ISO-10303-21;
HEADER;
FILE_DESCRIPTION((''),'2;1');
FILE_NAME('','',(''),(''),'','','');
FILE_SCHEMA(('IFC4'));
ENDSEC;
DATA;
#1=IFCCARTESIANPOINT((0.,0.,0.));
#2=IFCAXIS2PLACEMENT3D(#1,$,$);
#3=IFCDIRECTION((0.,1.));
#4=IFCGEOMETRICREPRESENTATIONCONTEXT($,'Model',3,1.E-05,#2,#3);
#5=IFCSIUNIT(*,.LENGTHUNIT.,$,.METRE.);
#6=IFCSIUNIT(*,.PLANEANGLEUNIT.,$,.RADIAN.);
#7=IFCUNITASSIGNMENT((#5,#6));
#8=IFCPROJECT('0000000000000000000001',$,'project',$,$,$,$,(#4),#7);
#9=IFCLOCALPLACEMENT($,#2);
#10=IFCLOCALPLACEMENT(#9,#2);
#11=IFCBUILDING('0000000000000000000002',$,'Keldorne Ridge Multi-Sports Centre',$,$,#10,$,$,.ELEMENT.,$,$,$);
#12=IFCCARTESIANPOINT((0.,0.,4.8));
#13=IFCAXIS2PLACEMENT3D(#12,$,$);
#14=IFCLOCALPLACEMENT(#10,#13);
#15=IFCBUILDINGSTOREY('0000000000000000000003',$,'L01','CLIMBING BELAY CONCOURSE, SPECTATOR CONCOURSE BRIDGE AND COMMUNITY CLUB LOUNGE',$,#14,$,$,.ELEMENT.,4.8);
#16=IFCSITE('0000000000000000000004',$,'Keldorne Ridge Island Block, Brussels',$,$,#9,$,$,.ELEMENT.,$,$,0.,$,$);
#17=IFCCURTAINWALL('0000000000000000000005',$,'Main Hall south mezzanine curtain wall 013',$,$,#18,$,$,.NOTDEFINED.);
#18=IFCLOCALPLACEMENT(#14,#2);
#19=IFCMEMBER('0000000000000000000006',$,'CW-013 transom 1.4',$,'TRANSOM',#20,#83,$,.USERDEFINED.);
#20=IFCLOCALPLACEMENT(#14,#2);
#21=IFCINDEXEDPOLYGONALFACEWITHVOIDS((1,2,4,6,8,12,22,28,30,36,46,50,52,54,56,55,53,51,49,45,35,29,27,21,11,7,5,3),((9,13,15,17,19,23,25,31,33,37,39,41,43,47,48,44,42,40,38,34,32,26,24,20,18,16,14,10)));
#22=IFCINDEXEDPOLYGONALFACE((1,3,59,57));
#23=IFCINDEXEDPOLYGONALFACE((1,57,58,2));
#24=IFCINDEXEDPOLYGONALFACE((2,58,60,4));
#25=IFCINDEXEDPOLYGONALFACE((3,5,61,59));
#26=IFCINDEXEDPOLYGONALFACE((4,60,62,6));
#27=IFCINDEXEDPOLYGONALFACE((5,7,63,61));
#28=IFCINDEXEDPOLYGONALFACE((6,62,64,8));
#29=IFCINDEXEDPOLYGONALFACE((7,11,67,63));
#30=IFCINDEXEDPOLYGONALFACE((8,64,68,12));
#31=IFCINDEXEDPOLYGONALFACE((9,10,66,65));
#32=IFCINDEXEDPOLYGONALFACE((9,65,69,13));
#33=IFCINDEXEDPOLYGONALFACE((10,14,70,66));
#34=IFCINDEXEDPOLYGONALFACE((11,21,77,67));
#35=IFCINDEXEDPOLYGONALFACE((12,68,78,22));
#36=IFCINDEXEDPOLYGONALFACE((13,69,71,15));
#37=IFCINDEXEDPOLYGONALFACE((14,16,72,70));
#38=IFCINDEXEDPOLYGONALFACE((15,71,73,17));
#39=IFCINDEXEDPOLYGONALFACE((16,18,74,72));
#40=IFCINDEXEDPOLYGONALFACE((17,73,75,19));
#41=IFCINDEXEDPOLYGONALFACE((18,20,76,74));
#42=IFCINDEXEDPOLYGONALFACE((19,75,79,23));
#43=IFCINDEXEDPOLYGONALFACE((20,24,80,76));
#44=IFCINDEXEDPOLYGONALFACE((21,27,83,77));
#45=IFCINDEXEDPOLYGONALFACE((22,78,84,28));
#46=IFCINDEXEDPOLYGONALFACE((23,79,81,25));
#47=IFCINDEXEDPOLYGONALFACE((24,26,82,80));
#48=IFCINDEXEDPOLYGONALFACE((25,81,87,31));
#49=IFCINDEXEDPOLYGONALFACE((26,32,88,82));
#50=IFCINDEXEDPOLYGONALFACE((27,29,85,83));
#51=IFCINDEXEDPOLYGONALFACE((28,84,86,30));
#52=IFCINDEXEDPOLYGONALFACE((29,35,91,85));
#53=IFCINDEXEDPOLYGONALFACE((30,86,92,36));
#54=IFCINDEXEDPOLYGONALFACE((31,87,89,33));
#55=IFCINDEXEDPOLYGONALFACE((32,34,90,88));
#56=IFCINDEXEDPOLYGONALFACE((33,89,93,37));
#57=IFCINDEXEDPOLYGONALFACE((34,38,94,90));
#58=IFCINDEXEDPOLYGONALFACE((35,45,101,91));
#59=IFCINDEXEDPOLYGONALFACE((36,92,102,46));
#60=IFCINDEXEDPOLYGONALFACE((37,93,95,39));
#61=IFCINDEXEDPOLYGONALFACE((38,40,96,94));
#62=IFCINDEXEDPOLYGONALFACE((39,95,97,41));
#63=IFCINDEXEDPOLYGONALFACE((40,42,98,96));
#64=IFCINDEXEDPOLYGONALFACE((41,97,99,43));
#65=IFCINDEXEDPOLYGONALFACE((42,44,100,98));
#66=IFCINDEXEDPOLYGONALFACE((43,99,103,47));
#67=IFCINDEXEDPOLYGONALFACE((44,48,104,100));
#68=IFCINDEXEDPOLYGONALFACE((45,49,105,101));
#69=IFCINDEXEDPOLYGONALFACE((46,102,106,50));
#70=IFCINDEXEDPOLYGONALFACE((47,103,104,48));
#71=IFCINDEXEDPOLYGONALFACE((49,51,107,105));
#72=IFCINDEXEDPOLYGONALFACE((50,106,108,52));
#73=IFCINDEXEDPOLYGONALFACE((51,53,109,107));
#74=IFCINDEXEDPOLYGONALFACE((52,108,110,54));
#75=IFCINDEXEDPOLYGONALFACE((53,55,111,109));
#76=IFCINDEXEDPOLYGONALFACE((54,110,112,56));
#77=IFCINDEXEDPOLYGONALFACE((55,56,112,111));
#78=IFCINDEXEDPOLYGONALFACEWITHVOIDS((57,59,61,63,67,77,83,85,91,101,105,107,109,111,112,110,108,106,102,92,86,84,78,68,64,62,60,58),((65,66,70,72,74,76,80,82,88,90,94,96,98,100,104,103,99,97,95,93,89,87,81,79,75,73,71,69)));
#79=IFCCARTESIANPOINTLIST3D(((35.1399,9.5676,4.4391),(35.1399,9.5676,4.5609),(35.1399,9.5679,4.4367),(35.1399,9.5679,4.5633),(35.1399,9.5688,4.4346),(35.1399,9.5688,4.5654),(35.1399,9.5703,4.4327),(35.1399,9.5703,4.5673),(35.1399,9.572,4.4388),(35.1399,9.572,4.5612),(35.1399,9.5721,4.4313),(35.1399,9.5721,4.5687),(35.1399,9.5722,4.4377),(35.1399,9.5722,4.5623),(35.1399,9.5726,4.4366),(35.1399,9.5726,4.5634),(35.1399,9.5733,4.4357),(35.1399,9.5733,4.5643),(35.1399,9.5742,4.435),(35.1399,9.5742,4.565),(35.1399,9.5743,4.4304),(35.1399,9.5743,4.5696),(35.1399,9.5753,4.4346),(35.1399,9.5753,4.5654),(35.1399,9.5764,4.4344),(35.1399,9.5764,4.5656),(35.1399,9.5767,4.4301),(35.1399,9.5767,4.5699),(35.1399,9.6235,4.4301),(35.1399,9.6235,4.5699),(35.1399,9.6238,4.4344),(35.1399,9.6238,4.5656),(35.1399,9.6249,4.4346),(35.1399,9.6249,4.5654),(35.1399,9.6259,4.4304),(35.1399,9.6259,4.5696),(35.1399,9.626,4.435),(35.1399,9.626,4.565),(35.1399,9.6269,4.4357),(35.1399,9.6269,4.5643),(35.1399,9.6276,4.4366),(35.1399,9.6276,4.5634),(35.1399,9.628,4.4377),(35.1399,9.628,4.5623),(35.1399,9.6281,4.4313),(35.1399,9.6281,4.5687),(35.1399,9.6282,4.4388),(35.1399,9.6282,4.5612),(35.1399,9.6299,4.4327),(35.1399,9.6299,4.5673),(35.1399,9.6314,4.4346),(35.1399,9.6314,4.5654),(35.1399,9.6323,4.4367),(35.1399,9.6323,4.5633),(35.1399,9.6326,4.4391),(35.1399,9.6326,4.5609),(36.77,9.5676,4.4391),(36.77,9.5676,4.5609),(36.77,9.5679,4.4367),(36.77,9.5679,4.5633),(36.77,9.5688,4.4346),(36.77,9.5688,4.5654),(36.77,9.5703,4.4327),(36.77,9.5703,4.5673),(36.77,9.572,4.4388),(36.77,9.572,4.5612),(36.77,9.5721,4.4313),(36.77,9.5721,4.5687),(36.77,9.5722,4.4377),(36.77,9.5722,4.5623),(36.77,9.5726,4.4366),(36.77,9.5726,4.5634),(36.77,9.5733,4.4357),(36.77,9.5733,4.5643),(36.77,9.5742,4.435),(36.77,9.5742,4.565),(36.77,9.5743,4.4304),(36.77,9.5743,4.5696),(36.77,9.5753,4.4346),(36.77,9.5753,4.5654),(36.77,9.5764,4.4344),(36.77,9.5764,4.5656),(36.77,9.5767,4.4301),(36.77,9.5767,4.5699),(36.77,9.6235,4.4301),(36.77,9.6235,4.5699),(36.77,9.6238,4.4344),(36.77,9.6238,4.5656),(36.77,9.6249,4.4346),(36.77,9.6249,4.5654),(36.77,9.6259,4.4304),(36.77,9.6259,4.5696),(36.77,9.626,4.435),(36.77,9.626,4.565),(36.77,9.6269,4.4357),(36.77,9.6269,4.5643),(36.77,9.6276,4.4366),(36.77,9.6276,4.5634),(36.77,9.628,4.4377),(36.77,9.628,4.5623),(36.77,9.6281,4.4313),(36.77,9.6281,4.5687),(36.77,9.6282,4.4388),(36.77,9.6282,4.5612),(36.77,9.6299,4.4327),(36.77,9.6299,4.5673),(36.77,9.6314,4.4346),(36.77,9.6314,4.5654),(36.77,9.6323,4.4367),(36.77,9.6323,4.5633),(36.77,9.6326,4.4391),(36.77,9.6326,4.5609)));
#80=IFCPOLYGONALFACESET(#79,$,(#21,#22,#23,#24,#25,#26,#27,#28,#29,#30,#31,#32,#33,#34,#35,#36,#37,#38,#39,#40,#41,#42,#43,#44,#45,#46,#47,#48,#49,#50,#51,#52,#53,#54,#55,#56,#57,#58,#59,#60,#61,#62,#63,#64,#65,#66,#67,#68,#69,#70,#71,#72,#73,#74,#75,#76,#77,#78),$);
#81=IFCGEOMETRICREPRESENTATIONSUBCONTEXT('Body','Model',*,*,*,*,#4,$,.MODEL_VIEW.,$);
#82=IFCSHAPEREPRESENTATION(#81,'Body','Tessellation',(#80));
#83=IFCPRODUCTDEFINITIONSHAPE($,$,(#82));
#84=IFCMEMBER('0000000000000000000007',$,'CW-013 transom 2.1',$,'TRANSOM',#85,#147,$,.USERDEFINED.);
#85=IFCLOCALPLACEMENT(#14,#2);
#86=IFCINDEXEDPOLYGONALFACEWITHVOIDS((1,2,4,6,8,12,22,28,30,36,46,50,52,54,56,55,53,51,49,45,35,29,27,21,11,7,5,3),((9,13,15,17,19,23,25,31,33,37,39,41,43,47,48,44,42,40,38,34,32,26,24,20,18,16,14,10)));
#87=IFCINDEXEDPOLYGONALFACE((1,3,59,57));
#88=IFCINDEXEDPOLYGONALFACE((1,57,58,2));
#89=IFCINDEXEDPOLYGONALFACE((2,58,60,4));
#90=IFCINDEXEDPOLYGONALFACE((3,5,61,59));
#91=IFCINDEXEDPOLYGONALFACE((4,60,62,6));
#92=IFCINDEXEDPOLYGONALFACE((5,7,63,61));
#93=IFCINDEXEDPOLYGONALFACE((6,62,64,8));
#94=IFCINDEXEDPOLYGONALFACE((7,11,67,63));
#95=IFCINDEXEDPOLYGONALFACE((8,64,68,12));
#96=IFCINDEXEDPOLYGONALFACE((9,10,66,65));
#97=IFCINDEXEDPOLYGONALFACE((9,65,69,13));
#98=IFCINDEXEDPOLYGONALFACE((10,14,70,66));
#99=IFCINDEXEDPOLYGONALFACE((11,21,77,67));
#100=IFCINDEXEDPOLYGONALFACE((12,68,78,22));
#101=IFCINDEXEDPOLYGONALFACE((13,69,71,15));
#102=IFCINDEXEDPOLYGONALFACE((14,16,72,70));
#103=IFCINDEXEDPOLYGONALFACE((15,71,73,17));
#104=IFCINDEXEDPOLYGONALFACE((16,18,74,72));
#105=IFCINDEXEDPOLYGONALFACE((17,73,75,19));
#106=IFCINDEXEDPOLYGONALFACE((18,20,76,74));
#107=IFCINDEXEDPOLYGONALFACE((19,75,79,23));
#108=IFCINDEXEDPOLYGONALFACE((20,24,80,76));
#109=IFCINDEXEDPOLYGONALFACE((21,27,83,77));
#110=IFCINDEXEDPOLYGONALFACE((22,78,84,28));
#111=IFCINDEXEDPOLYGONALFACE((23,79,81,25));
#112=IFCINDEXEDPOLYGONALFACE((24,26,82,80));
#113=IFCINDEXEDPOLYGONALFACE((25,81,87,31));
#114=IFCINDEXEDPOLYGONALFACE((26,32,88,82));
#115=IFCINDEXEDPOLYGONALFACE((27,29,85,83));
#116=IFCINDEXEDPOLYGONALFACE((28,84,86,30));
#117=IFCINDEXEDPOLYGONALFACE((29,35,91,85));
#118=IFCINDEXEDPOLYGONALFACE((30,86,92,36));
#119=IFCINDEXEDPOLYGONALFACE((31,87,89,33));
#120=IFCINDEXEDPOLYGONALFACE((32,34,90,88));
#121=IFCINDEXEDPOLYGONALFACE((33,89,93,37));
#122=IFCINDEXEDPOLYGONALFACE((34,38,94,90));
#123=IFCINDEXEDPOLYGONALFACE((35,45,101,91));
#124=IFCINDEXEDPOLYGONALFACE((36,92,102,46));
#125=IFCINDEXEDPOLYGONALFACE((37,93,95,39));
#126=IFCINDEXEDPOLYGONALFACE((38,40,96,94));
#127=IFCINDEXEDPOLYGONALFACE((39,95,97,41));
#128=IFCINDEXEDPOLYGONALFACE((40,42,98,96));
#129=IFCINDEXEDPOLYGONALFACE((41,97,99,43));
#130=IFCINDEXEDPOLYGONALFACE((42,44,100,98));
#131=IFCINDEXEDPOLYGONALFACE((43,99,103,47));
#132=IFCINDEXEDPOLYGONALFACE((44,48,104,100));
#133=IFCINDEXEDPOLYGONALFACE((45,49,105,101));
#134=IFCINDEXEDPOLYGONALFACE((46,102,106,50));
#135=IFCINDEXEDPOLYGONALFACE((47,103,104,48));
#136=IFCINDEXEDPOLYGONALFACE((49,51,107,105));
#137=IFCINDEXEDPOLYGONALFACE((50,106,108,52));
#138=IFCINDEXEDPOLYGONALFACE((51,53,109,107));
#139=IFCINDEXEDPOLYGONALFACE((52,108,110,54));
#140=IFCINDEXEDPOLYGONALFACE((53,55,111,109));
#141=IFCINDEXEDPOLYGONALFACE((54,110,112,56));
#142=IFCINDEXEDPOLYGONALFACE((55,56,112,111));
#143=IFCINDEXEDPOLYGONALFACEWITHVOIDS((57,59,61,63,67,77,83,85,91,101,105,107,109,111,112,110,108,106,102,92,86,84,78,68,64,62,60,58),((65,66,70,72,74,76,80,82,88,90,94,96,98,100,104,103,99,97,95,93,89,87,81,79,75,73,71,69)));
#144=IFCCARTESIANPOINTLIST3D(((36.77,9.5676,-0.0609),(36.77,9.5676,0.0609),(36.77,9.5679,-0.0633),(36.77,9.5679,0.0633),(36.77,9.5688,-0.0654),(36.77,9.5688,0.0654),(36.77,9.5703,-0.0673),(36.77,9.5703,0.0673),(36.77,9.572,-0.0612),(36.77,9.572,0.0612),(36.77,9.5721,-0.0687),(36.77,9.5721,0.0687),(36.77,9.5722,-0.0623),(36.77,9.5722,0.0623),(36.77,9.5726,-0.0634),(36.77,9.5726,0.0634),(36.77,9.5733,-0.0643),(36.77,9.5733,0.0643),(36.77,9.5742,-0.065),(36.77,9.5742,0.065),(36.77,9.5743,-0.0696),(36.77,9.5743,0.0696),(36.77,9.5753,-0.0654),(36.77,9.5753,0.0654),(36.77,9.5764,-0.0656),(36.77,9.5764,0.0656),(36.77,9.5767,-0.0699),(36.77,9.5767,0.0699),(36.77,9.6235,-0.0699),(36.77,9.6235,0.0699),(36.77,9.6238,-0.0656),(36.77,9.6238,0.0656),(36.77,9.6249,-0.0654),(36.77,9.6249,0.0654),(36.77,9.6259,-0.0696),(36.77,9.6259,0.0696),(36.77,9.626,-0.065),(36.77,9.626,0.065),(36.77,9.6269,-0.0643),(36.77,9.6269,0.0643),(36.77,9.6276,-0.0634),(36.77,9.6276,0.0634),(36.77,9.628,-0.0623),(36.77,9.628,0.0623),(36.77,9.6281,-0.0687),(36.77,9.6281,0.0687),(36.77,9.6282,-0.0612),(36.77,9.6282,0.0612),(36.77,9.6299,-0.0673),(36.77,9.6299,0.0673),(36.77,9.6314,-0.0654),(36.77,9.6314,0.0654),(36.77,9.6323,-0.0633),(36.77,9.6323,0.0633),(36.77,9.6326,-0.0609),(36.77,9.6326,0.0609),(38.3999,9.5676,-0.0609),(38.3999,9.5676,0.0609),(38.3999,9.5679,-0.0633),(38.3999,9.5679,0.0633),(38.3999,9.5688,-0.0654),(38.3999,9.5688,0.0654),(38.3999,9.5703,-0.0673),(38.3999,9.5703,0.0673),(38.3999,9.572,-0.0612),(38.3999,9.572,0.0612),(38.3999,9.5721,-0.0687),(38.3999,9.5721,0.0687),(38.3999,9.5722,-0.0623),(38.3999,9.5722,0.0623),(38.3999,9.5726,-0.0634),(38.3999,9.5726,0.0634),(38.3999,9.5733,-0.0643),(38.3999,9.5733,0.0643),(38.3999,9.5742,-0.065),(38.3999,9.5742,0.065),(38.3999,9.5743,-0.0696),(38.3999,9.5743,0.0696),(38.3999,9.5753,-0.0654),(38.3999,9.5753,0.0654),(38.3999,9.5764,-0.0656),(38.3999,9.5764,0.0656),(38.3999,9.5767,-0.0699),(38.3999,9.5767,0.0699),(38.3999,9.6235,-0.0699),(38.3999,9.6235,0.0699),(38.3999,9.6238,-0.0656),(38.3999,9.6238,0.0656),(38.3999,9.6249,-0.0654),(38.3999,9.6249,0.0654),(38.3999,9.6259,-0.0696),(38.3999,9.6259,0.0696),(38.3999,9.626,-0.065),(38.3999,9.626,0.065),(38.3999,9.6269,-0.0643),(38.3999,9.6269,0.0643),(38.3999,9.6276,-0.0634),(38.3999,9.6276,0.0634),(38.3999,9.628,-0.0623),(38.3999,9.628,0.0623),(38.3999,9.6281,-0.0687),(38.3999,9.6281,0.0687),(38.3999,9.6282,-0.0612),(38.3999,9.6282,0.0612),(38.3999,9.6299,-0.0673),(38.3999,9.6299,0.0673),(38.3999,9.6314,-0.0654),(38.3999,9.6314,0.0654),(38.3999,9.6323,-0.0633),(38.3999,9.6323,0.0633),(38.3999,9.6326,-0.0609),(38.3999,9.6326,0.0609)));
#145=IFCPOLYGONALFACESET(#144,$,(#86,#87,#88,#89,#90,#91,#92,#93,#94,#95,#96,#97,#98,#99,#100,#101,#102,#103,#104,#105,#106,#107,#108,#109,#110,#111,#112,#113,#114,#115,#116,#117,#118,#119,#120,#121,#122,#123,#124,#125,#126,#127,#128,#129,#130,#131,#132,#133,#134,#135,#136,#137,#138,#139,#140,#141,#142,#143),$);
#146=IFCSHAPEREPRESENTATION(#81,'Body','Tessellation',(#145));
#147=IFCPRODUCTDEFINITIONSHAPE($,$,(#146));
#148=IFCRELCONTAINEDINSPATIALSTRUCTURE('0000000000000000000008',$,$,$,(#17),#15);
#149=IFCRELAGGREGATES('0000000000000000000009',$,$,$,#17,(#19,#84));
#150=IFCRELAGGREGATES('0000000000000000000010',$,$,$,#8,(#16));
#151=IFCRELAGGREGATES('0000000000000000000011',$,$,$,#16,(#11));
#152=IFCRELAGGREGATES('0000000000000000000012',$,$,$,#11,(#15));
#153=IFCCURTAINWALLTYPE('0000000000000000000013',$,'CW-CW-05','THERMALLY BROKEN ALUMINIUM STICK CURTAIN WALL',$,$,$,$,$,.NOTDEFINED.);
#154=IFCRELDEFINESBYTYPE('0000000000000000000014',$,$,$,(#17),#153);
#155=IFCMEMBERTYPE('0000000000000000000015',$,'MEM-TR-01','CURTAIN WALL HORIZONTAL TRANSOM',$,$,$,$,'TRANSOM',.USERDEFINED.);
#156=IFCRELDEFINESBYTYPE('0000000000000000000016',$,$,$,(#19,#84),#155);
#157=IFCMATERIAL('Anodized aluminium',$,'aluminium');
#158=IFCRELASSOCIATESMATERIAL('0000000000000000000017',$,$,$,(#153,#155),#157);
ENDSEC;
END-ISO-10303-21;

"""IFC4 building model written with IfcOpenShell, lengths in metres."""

from ifc_helpers import new_model, si_unit, direction, frame, origin, origin_2d, place, context, subcontext, project, spatial, hollow_rectangle, extrude, material, material_profile, profile_set, type_object, element, aggregate, save


model = new_model("IFC4")

# Units and contexts
model_context = context("Model", 3, precision=1e-05, world=origin(), true_north=direction((0.0, 1.0)))
body_context = subcontext(model_context, "Body", "Model", "MODEL_VIEW")
ifc_project = project(units=[si_unit("LENGTHUNIT", "METRE"), si_unit("PLANEANGLEUNIT", "RADIAN")], contexts=[model_context])

# Site, building, storey
site_placement = place(None, origin())
site = spatial("IfcSite", under=ifc_project, at=site_placement, Name="Keldorne Ridge Island Block, Brussels", CompositionType="ELEMENT", RefElevation=0.0)
building_placement = place(site_placement, origin())
building = spatial("IfcBuilding", under=site, at=building_placement, Name="Keldorne Ridge Multi-Sports Centre", CompositionType="ELEMENT")
storey_placement = place(building_placement, frame((0.0, 0.0, 4.8)))
storey = spatial("IfcBuildingStorey", under=building, at=storey_placement, Name="L01", Description="CLIMBING BELAY CONCOURSE, SPECTATOR CONCOURSE BRIDGE AND COMMUNITY CLUB LOUNGE", CompositionType="ELEMENT", Elevation=4.8)

# Curtain wall, members
ifc_material_1 = material(Name="Anodized aluminium", Category="aluminium")
curtain_wall_type = type_object("IfcCurtainWallType", Name="CW-CW-05", Description="THERMALLY BROKEN ALUMINIUM STICK CURTAIN WALL", PredefinedType="NOTDEFINED", material=ifc_material_1)
curtain_wall_placement = place(storey_placement, origin())
curtain_wall = element("IfcCurtainWall", 1, at=curtain_wall_placement, inside=storey, type_object=curtain_wall_type, Name="Main Hall south mezzanine curtain wall 013", PredefinedType="NOTDEFINED")
ifc_material_profile_1 = material_profile(ifc_material_1, hollow_rectangle(XDim=0.0649, YDim=0.1399, WallThickness=0.0044, InnerFilletRadius=0.0044, OuterFilletRadius=0.009, at=origin_2d()), Name="ALU TRANSOM 140x65x4.5")
ifc_profile_set_1 = profile_set([ifc_material_profile_1], Name="Anodized aluminium")
member_type_1 = type_object("IfcMemberType", Name="MEM-TR-01", Description="CURTAIN WALL HORIZONTAL TRANSOM", ElementType="TRANSOM", PredefinedType="USERDEFINED", material=ifc_profile_set_1)
member_1_placement = place(storey_placement, frame((35.1399, 9.6001, 4.5), z_axis=(1.0, 0.0, 0.0), x_axis=(0.0, 1.0, 0.0)))
member_1 = element("IfcMember", 2, at=member_1_placement, type_object=member_type_1, Name="CW-013 transom 1.4", ObjectType="TRANSOM", PredefinedType="USERDEFINED", context=body_context, shape_type="SweptSolid", body=[
    extrude(hollow_rectangle(XDim=0.0649, YDim=0.1399, WallThickness=0.0044, InnerFilletRadius=0.0044, OuterFilletRadius=0.009, at=origin_2d()), origin(), (0.0, 0.0, 1.0), 1.6301),
])
member_2_placement = place(storey_placement, frame((36.77, 9.6001, 0.0), z_axis=(1.0, 0.0, 0.0), x_axis=(0.0, 1.0, 0.0)))
member_2 = element("IfcMember", 3, at=member_2_placement, type_object=member_type_1, Name="CW-013 transom 2.1", ObjectType="TRANSOM", PredefinedType="USERDEFINED", context=body_context, shape_type="SweptSolid", body=[
    extrude(hollow_rectangle(XDim=0.0649, YDim=0.1399, WallThickness=0.0044, InnerFilletRadius=0.0044, OuterFilletRadius=0.009, at=origin_2d()), origin(), (0.0, 0.0, 1.0), 1.6299),
])
aggregate(curtain_wall, [member_1, member_2])

save(model, "model.ifc")
